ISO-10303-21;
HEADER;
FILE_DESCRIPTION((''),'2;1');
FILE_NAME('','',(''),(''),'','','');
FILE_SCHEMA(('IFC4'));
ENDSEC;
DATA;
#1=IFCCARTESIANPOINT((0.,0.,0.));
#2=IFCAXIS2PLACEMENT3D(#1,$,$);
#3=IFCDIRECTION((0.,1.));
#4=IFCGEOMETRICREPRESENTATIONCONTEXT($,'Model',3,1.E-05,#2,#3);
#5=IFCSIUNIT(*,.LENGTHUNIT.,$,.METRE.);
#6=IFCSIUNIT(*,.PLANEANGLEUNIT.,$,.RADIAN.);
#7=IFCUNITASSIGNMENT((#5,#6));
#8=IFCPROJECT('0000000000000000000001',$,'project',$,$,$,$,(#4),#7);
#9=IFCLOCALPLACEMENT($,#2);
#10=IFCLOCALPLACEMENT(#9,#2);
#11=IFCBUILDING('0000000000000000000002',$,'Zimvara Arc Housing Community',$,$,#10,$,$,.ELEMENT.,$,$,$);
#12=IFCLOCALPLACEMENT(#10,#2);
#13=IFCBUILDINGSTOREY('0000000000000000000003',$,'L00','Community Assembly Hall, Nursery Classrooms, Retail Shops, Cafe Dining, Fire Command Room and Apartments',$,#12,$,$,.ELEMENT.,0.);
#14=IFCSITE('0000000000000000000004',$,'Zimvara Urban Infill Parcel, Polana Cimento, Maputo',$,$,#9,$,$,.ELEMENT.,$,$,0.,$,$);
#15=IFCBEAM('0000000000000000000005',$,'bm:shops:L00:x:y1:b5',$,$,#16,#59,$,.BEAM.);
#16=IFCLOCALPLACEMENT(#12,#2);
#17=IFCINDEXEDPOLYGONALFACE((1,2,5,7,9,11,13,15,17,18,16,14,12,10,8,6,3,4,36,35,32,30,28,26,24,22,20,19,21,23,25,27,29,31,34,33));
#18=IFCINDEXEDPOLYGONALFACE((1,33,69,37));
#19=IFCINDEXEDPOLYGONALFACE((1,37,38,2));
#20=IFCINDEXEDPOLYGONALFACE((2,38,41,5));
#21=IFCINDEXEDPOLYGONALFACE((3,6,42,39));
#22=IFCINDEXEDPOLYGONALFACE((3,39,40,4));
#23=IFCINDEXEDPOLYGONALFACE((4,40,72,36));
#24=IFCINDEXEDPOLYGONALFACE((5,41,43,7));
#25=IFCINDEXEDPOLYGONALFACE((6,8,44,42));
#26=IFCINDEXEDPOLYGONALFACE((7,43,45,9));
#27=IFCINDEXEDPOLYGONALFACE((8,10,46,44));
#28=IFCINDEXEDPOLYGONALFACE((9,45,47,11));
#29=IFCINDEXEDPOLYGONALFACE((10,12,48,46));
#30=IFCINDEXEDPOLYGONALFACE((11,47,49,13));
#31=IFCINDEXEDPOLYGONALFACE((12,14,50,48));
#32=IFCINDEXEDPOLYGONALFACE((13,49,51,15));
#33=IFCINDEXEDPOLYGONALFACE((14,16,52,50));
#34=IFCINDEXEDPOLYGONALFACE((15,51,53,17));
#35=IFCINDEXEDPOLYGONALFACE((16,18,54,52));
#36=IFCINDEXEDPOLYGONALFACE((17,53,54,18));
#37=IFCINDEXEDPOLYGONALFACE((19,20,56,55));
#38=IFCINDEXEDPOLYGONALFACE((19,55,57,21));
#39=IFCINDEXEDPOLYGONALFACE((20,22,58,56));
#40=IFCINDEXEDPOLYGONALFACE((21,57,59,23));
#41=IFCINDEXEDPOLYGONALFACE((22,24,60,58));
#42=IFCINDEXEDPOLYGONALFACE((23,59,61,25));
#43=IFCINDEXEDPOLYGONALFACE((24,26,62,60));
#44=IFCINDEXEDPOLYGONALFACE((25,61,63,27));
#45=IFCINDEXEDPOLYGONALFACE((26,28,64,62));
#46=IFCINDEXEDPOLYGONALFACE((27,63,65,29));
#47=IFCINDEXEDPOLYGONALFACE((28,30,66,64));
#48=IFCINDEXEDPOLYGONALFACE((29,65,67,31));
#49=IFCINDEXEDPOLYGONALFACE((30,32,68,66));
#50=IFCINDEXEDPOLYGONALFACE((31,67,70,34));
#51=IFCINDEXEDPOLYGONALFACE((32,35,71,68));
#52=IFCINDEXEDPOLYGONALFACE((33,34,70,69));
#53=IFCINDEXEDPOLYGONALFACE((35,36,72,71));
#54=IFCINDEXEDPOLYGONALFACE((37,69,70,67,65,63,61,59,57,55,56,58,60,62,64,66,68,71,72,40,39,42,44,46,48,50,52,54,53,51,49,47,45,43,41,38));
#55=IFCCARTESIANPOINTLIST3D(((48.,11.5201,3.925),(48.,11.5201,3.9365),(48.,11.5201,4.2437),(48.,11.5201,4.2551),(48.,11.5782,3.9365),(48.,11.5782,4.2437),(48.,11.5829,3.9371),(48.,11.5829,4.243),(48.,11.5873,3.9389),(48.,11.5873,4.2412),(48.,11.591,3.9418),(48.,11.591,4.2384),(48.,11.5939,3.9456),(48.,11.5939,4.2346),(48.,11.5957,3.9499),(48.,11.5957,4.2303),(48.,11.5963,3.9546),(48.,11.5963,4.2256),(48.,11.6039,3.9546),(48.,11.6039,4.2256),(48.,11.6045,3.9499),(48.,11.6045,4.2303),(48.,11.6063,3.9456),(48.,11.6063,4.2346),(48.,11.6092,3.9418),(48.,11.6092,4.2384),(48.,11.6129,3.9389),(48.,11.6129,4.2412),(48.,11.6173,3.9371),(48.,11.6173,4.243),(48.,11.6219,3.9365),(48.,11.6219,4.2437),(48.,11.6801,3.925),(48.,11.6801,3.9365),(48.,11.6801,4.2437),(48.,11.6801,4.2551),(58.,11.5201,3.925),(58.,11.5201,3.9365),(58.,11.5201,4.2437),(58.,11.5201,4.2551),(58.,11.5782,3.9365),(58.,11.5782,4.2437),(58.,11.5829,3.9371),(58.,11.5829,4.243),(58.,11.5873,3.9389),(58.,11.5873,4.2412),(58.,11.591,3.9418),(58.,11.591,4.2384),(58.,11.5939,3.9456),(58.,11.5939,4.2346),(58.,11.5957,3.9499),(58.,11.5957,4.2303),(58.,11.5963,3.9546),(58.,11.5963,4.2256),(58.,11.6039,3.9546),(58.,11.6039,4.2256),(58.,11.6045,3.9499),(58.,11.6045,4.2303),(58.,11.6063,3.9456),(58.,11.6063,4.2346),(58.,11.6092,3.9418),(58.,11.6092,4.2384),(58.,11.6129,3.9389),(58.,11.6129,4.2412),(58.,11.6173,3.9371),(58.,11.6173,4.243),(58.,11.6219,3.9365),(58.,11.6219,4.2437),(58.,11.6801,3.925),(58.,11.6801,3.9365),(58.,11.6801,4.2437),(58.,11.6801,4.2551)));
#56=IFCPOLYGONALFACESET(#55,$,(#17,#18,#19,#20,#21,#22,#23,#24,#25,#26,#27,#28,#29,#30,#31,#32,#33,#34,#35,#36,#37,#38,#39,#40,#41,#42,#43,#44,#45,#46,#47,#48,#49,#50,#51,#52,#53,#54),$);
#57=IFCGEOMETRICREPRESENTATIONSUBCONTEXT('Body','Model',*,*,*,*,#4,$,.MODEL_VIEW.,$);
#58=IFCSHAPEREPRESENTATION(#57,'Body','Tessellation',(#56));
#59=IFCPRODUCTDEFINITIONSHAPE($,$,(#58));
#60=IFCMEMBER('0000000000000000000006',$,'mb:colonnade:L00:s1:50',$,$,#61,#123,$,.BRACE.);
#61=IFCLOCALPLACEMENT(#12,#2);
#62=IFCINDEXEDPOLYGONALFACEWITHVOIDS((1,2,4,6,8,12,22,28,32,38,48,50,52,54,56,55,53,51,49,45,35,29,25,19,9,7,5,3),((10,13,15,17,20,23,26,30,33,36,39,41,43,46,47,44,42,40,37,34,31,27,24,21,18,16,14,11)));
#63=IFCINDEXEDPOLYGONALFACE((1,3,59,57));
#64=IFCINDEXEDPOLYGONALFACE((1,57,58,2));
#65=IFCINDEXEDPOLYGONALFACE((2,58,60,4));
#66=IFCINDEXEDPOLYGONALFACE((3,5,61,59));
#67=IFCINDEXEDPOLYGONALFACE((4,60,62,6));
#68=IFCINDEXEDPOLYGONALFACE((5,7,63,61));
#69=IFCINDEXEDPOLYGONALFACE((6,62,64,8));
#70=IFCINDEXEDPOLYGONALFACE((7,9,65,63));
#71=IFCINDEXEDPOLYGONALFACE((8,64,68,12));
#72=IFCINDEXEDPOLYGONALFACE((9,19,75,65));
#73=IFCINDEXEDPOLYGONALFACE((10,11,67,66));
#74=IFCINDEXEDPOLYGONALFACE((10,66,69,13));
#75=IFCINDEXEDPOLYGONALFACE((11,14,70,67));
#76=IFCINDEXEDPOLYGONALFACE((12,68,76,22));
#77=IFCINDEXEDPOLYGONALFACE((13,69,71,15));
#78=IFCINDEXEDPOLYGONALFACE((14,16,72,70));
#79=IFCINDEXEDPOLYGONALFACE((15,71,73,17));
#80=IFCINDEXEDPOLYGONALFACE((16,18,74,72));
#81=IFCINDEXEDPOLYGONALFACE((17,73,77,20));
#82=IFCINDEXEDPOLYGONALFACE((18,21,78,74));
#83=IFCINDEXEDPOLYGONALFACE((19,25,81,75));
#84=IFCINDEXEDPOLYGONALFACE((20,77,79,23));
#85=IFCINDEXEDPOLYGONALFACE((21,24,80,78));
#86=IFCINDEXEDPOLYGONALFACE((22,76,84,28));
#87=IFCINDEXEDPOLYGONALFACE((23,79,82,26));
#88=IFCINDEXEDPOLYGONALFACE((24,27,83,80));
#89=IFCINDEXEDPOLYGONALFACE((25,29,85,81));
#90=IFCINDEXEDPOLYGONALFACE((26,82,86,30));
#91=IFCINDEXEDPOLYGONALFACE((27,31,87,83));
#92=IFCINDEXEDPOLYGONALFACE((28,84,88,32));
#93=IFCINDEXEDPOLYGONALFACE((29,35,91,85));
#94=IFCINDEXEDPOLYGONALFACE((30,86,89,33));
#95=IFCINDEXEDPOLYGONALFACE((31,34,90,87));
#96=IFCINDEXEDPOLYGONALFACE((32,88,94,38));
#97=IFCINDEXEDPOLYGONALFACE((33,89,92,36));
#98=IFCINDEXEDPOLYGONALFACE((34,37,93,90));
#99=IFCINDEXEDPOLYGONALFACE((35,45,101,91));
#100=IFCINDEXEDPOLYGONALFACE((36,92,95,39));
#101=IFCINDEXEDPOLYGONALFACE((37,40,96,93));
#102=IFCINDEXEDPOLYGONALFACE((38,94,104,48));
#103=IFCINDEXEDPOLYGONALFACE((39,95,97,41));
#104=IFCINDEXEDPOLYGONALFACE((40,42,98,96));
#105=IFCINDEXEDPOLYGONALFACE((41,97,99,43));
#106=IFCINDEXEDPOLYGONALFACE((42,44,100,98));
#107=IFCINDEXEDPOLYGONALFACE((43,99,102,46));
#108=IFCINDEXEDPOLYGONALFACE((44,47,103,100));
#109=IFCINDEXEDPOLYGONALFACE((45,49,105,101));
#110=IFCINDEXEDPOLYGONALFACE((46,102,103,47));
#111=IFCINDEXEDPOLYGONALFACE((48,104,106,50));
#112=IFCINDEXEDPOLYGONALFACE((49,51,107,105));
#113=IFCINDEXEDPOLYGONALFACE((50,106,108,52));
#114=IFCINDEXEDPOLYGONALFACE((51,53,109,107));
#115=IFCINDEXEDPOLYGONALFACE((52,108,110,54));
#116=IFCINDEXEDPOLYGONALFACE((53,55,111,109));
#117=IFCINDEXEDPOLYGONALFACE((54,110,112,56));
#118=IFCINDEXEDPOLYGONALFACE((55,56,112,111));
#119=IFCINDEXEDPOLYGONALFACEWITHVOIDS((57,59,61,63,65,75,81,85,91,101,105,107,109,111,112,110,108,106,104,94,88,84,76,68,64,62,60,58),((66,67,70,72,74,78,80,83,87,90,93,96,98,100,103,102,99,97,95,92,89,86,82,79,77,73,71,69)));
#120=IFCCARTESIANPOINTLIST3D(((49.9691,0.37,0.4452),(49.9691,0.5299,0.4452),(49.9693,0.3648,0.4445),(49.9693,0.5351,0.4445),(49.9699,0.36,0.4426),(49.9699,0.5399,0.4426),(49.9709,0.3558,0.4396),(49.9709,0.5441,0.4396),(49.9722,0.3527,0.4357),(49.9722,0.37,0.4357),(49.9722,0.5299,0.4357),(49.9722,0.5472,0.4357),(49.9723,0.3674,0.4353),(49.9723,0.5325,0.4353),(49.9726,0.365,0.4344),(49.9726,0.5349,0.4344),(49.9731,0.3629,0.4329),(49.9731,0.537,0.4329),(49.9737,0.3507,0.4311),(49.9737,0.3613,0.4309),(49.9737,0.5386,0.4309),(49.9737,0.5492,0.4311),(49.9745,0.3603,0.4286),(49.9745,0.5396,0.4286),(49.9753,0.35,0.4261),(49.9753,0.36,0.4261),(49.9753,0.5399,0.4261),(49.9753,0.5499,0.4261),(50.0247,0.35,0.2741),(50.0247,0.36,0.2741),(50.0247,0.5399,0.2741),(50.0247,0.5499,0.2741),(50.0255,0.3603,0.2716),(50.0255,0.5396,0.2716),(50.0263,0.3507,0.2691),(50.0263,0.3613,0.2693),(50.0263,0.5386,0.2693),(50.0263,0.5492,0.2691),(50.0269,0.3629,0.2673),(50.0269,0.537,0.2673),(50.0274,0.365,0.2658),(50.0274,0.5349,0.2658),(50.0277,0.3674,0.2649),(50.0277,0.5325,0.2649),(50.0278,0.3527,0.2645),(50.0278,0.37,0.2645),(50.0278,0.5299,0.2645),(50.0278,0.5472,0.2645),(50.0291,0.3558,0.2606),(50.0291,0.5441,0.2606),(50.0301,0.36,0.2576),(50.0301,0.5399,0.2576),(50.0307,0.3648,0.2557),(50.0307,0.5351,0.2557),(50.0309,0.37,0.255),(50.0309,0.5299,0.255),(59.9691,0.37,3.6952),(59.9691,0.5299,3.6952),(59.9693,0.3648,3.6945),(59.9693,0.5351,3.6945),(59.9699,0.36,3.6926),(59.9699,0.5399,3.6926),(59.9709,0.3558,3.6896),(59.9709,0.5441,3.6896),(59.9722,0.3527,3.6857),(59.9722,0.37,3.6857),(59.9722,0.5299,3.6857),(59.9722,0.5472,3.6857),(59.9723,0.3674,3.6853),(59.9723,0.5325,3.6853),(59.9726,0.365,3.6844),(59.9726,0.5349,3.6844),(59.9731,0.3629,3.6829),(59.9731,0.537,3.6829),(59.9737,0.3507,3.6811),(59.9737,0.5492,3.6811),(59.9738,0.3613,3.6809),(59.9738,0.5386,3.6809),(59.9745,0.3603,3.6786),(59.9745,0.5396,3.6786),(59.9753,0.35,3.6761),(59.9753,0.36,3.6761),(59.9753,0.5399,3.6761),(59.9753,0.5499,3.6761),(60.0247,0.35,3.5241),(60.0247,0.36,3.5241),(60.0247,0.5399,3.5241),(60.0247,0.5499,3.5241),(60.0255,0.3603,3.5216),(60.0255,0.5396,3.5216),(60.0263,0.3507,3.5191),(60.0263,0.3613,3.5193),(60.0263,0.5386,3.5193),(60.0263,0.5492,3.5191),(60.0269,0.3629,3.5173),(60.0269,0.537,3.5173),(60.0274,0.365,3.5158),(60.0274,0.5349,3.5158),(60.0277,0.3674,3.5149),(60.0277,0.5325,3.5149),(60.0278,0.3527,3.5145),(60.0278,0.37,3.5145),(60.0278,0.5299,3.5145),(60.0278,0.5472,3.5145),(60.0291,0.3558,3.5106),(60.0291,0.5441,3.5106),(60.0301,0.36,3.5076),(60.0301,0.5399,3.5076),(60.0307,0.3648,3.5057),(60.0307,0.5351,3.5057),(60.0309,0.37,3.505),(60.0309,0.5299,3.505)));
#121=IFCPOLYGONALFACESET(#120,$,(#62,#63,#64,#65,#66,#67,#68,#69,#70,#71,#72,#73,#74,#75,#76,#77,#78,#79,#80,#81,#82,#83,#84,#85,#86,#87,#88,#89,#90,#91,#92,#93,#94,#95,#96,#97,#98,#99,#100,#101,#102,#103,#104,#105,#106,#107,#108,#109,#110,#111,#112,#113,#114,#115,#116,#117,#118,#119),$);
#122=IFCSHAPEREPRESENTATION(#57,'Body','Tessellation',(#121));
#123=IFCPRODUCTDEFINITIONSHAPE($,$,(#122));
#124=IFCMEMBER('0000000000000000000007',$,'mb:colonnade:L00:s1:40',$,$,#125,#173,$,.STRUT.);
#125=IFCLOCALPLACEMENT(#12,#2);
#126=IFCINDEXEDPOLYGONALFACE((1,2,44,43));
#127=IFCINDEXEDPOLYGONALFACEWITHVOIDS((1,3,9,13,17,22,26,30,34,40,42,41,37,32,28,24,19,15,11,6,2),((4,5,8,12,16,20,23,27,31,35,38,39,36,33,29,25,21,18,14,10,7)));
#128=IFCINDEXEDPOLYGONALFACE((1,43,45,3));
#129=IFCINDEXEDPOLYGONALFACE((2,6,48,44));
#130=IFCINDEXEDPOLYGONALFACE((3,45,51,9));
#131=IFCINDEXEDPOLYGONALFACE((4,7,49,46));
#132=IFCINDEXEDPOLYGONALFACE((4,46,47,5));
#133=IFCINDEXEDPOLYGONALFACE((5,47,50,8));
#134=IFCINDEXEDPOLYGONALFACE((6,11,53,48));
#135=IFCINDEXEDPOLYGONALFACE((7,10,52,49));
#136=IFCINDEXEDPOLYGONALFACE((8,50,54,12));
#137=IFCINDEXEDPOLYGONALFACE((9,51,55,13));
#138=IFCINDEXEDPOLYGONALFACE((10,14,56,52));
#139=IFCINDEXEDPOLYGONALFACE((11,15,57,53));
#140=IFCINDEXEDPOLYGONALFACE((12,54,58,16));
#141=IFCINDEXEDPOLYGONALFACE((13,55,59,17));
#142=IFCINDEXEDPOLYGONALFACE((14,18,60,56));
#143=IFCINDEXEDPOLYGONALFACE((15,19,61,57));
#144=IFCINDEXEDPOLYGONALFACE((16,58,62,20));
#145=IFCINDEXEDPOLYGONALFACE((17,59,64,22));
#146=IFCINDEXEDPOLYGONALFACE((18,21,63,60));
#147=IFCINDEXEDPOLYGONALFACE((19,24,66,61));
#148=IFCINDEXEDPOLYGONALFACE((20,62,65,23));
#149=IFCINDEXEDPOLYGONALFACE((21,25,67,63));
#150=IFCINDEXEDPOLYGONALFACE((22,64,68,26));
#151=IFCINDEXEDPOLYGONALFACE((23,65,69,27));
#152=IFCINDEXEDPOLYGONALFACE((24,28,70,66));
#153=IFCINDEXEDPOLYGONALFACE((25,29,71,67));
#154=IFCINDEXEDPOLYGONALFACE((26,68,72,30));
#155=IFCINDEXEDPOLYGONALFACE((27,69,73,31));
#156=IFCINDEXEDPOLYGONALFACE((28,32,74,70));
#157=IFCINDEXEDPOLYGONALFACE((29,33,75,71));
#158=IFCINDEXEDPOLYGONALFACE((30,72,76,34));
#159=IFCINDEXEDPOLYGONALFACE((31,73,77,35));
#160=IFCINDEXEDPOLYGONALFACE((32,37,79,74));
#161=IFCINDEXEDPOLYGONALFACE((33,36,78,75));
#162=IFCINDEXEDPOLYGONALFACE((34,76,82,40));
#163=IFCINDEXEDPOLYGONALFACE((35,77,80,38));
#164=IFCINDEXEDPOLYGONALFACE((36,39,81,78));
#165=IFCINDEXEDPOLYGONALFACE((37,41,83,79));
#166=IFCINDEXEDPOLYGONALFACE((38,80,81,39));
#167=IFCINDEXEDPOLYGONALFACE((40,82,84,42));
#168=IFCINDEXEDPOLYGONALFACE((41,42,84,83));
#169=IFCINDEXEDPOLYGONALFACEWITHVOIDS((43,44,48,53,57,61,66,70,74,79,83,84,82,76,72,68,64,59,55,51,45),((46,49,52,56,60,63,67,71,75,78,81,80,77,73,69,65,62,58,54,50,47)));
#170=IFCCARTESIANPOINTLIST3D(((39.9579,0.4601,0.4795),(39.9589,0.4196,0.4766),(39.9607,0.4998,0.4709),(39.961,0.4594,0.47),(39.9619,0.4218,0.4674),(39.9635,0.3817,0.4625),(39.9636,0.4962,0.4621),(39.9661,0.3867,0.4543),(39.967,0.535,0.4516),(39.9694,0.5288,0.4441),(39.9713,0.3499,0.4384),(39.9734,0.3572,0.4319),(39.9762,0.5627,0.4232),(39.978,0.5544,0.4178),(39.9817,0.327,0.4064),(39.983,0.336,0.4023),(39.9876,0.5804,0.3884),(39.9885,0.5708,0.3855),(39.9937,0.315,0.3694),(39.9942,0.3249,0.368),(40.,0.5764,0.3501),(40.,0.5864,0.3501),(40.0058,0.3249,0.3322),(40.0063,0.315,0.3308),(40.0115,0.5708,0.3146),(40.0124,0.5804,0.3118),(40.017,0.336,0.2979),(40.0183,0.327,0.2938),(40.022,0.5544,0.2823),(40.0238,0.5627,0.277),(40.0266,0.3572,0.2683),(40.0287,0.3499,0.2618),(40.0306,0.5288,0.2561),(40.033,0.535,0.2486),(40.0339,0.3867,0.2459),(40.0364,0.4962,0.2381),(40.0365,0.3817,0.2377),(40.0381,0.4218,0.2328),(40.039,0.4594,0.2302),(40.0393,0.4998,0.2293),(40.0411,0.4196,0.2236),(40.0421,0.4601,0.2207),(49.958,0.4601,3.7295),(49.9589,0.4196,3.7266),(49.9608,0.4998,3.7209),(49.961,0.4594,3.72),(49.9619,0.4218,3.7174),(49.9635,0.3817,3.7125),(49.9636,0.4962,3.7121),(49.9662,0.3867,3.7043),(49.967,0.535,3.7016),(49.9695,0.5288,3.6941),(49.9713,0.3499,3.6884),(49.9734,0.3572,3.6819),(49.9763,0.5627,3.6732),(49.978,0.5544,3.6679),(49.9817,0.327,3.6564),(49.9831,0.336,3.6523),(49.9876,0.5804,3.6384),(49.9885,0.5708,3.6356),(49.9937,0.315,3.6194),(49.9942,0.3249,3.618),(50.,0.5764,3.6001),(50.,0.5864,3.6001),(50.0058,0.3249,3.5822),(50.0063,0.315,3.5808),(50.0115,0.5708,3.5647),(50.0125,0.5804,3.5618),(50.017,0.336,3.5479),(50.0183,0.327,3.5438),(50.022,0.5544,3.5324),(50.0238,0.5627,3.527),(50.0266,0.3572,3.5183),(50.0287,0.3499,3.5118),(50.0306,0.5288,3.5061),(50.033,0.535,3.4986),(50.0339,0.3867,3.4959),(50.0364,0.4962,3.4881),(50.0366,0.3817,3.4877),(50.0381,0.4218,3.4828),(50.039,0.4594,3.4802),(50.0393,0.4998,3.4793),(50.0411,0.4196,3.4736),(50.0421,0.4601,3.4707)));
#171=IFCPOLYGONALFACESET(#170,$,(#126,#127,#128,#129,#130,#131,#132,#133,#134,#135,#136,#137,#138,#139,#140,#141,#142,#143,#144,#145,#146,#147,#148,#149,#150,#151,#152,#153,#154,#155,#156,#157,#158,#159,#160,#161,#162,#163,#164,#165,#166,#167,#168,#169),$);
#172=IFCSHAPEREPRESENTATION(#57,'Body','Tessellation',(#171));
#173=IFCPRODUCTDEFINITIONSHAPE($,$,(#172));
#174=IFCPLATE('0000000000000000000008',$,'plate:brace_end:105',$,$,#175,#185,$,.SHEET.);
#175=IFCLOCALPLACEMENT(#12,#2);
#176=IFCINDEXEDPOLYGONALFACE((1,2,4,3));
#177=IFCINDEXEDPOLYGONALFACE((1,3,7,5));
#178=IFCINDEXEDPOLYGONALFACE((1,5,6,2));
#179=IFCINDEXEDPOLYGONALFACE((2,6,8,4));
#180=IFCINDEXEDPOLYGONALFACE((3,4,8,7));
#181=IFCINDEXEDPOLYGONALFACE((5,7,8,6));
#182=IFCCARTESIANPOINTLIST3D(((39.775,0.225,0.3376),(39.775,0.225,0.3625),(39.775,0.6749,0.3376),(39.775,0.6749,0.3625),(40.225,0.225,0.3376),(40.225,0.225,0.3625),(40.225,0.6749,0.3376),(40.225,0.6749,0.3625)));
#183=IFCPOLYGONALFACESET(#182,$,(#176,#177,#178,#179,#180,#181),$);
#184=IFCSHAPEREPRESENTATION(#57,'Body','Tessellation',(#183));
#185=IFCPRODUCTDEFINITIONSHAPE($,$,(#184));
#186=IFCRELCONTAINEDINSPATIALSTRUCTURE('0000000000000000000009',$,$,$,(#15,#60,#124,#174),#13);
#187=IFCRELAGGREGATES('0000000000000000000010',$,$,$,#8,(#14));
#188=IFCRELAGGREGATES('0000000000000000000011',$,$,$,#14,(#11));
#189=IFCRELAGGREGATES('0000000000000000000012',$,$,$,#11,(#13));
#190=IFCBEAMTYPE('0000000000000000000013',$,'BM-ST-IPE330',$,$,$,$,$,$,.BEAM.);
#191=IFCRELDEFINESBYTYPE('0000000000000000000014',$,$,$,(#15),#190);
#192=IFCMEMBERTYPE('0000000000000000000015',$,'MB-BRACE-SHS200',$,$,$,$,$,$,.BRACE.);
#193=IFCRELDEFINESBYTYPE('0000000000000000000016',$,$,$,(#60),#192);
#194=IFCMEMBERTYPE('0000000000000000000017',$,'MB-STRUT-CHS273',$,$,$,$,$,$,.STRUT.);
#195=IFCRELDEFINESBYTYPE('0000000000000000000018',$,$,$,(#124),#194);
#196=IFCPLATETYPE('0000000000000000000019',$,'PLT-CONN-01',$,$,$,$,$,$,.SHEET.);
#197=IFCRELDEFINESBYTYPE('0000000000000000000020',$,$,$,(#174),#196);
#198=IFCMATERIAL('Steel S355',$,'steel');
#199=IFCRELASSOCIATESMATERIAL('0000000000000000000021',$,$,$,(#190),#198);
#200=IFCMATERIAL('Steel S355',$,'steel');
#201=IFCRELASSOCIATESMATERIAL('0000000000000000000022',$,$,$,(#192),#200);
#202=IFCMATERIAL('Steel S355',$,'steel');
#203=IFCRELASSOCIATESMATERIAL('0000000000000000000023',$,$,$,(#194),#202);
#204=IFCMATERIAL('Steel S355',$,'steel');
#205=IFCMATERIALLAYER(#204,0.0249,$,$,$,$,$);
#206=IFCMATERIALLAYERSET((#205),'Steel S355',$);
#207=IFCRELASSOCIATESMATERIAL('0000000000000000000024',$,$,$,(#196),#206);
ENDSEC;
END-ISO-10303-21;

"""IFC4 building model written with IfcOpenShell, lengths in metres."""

from ifc_helpers import new_model, si_unit, direction, frame, origin, origin_2d, place, context, subcontext, project, spatial, rectangle, hollow_rectangle, hollow_circle, i_section, extrude, material, layer, layer_set, material_profile, profile_set, type_object, element, save


model = new_model("IFC4")

# Units and contexts
model_context = context("Model", 3, precision=1e-05, world=origin(), true_north=direction((0.0, 1.0)))
body_context = subcontext(model_context, "Body", "Model", "MODEL_VIEW")
ifc_project = project(units=[si_unit("LENGTHUNIT", "METRE"), si_unit("PLANEANGLEUNIT", "RADIAN")], contexts=[model_context])

# Site, building, storey
site_placement = place(None, origin())
site = spatial("IfcSite", under=ifc_project, at=site_placement, Name="Zimvara Urban Infill Parcel, Polana Cimento, Maputo", CompositionType="ELEMENT", RefElevation=0.0)
building_placement = place(site_placement, origin())
building = spatial("IfcBuilding", under=site, at=building_placement, Name="Zimvara Arc Housing Community", CompositionType="ELEMENT")
storey_placement = place(building_placement, origin())
storey = spatial("IfcBuildingStorey", under=building, at=storey_placement, Name="L00", Description="Community Assembly Hall, Nursery Classrooms, Retail Shops, Cafe Dining, Fire Command Room and Apartments", CompositionType="ELEMENT", Elevation=0.0)

# Beam
ifc_material_1 = material(Name="Steel S355", Category="steel")
ifc_material_profile_1 = material_profile(ifc_material_1, i_section(OverallWidth=0.1599, OverallDepth=0.3301, WebThickness=0.0076, FlangeThickness=0.0115, FilletRadius=0.0181, at=origin_2d()), Name="IPE 330")
ifc_profile_set_1 = profile_set([ifc_material_profile_1], Name="Steel S355")
beam_type_1 = type_object("IfcBeamType", Name="BM-ST-IPE330", PredefinedType="BEAM", material=ifc_profile_set_1)
for number, where, z_axis, x_axis, name in (
    (1, (48.0, 11.6001, 4.0901), (1.0, 0.0, 0.0), (0.0, 1.0, 0.0), "bm:shops:L00:x:y1:b5"),
):
    element("IfcBeam", number, at=place(storey_placement, frame(where, z_axis=z_axis, x_axis=x_axis)), inside=storey, type_object=beam_type_1, Name=name, PredefinedType="BEAM", context=body_context, shape_type="SweptSolid", body=[
        extrude(i_section(OverallWidth=0.1599, OverallDepth=0.3301, WebThickness=0.0076, FlangeThickness=0.0115, FilletRadius=0.0181, at=origin_2d()), origin(), (0.0, 0.0, 1.0), 10.0),
    ])

# Members
ifc_material_2 = material(Name="Steel S355", Category="steel")
ifc_material_profile_2 = material_profile(ifc_material_2, hollow_rectangle(XDim=0.2, YDim=0.2, WallThickness=0.01, InnerFilletRadius=0.01, OuterFilletRadius=0.02, at=origin_2d()), Name="SHS 200x200x10.0")
ifc_profile_set_2 = profile_set([ifc_material_profile_2], Name="Steel S355")
member_type_1 = type_object("IfcMemberType", Name="MB-BRACE-SHS200", PredefinedType="BRACE", material=ifc_profile_set_2)
member_1_placement = place(storey_placement, frame((50.0, 0.45, 0.3501), z_axis=(0.951034, 0.0, 0.309086), x_axis=(0.0, 1.0, 0.0)))
element("IfcMember", 2, at=member_1_placement, inside=storey, type_object=member_type_1, Name="mb:colonnade:L00:s1:50", PredefinedType="BRACE", context=body_context, shape_type="SweptSolid", body=[
    extrude(hollow_rectangle(XDim=0.2, YDim=0.2, WallThickness=0.01, InnerFilletRadius=0.01, OuterFilletRadius=0.02, at=origin_2d()), origin(), (0.0, 0.0, 1.0), 10.5149),
])
ifc_material_3 = material(Name="Steel S355", Category="steel")
ifc_material_profile_3 = material_profile(ifc_material_3, hollow_circle(Radius=0.1365, WallThickness=0.01, at=origin_2d()), Name="CHS 273.0x10.0")
ifc_profile_set_3 = profile_set([ifc_material_profile_3], Name="Steel S355")
member_type_2 = type_object("IfcMemberType", Name="MB-STRUT-CHS273", PredefinedType="STRUT", material=ifc_profile_set_3)
member_2_placement = place(storey_placement, frame((40.0, 0.45, 0.3501), z_axis=(0.951034, 0.0, 0.309086), x_axis=(0.0, 1.0, 0.0)))
element("IfcMember", 3, at=member_2_placement, inside=storey, type_object=member_type_2, Name="mb:colonnade:L00:s1:40", PredefinedType="STRUT", context=body_context, shape_type="SweptSolid", body=[
    extrude(hollow_circle(Radius=0.1365, WallThickness=0.01, at=origin_2d()), origin(), (0.0, 0.0, 1.0), 10.5149),
])

# Plate
ifc_material_4 = material(Name="Steel S355", Category="steel")
ifc_layer_1 = layer(ifc_material_4, 0.0249)
ifc_layer_set_1 = layer_set([ifc_layer_1], Name="Steel S355")
plate_type_1 = type_object("IfcPlateType", Name="PLT-CONN-01", PredefinedType="SHEET", material=ifc_layer_set_1)
plate_1_placement = place(storey_placement, frame((40.0, 0.45, 0.3376), z_axis=(0.0, 0.0, 1.0), x_axis=(1.0, 0.0, 0.0)))
element("IfcPlate", 4, at=plate_1_placement, inside=storey, type_object=plate_type_1, Name="plate:brace_end:105", PredefinedType="SHEET", context=body_context, shape_type="SweptSolid", body=[
    extrude(rectangle(XDim=0.45, YDim=0.45, at=origin_2d()), origin(), (0.0, 0.0, 1.0), 0.0249),
])

save(model, "model.ifc")
